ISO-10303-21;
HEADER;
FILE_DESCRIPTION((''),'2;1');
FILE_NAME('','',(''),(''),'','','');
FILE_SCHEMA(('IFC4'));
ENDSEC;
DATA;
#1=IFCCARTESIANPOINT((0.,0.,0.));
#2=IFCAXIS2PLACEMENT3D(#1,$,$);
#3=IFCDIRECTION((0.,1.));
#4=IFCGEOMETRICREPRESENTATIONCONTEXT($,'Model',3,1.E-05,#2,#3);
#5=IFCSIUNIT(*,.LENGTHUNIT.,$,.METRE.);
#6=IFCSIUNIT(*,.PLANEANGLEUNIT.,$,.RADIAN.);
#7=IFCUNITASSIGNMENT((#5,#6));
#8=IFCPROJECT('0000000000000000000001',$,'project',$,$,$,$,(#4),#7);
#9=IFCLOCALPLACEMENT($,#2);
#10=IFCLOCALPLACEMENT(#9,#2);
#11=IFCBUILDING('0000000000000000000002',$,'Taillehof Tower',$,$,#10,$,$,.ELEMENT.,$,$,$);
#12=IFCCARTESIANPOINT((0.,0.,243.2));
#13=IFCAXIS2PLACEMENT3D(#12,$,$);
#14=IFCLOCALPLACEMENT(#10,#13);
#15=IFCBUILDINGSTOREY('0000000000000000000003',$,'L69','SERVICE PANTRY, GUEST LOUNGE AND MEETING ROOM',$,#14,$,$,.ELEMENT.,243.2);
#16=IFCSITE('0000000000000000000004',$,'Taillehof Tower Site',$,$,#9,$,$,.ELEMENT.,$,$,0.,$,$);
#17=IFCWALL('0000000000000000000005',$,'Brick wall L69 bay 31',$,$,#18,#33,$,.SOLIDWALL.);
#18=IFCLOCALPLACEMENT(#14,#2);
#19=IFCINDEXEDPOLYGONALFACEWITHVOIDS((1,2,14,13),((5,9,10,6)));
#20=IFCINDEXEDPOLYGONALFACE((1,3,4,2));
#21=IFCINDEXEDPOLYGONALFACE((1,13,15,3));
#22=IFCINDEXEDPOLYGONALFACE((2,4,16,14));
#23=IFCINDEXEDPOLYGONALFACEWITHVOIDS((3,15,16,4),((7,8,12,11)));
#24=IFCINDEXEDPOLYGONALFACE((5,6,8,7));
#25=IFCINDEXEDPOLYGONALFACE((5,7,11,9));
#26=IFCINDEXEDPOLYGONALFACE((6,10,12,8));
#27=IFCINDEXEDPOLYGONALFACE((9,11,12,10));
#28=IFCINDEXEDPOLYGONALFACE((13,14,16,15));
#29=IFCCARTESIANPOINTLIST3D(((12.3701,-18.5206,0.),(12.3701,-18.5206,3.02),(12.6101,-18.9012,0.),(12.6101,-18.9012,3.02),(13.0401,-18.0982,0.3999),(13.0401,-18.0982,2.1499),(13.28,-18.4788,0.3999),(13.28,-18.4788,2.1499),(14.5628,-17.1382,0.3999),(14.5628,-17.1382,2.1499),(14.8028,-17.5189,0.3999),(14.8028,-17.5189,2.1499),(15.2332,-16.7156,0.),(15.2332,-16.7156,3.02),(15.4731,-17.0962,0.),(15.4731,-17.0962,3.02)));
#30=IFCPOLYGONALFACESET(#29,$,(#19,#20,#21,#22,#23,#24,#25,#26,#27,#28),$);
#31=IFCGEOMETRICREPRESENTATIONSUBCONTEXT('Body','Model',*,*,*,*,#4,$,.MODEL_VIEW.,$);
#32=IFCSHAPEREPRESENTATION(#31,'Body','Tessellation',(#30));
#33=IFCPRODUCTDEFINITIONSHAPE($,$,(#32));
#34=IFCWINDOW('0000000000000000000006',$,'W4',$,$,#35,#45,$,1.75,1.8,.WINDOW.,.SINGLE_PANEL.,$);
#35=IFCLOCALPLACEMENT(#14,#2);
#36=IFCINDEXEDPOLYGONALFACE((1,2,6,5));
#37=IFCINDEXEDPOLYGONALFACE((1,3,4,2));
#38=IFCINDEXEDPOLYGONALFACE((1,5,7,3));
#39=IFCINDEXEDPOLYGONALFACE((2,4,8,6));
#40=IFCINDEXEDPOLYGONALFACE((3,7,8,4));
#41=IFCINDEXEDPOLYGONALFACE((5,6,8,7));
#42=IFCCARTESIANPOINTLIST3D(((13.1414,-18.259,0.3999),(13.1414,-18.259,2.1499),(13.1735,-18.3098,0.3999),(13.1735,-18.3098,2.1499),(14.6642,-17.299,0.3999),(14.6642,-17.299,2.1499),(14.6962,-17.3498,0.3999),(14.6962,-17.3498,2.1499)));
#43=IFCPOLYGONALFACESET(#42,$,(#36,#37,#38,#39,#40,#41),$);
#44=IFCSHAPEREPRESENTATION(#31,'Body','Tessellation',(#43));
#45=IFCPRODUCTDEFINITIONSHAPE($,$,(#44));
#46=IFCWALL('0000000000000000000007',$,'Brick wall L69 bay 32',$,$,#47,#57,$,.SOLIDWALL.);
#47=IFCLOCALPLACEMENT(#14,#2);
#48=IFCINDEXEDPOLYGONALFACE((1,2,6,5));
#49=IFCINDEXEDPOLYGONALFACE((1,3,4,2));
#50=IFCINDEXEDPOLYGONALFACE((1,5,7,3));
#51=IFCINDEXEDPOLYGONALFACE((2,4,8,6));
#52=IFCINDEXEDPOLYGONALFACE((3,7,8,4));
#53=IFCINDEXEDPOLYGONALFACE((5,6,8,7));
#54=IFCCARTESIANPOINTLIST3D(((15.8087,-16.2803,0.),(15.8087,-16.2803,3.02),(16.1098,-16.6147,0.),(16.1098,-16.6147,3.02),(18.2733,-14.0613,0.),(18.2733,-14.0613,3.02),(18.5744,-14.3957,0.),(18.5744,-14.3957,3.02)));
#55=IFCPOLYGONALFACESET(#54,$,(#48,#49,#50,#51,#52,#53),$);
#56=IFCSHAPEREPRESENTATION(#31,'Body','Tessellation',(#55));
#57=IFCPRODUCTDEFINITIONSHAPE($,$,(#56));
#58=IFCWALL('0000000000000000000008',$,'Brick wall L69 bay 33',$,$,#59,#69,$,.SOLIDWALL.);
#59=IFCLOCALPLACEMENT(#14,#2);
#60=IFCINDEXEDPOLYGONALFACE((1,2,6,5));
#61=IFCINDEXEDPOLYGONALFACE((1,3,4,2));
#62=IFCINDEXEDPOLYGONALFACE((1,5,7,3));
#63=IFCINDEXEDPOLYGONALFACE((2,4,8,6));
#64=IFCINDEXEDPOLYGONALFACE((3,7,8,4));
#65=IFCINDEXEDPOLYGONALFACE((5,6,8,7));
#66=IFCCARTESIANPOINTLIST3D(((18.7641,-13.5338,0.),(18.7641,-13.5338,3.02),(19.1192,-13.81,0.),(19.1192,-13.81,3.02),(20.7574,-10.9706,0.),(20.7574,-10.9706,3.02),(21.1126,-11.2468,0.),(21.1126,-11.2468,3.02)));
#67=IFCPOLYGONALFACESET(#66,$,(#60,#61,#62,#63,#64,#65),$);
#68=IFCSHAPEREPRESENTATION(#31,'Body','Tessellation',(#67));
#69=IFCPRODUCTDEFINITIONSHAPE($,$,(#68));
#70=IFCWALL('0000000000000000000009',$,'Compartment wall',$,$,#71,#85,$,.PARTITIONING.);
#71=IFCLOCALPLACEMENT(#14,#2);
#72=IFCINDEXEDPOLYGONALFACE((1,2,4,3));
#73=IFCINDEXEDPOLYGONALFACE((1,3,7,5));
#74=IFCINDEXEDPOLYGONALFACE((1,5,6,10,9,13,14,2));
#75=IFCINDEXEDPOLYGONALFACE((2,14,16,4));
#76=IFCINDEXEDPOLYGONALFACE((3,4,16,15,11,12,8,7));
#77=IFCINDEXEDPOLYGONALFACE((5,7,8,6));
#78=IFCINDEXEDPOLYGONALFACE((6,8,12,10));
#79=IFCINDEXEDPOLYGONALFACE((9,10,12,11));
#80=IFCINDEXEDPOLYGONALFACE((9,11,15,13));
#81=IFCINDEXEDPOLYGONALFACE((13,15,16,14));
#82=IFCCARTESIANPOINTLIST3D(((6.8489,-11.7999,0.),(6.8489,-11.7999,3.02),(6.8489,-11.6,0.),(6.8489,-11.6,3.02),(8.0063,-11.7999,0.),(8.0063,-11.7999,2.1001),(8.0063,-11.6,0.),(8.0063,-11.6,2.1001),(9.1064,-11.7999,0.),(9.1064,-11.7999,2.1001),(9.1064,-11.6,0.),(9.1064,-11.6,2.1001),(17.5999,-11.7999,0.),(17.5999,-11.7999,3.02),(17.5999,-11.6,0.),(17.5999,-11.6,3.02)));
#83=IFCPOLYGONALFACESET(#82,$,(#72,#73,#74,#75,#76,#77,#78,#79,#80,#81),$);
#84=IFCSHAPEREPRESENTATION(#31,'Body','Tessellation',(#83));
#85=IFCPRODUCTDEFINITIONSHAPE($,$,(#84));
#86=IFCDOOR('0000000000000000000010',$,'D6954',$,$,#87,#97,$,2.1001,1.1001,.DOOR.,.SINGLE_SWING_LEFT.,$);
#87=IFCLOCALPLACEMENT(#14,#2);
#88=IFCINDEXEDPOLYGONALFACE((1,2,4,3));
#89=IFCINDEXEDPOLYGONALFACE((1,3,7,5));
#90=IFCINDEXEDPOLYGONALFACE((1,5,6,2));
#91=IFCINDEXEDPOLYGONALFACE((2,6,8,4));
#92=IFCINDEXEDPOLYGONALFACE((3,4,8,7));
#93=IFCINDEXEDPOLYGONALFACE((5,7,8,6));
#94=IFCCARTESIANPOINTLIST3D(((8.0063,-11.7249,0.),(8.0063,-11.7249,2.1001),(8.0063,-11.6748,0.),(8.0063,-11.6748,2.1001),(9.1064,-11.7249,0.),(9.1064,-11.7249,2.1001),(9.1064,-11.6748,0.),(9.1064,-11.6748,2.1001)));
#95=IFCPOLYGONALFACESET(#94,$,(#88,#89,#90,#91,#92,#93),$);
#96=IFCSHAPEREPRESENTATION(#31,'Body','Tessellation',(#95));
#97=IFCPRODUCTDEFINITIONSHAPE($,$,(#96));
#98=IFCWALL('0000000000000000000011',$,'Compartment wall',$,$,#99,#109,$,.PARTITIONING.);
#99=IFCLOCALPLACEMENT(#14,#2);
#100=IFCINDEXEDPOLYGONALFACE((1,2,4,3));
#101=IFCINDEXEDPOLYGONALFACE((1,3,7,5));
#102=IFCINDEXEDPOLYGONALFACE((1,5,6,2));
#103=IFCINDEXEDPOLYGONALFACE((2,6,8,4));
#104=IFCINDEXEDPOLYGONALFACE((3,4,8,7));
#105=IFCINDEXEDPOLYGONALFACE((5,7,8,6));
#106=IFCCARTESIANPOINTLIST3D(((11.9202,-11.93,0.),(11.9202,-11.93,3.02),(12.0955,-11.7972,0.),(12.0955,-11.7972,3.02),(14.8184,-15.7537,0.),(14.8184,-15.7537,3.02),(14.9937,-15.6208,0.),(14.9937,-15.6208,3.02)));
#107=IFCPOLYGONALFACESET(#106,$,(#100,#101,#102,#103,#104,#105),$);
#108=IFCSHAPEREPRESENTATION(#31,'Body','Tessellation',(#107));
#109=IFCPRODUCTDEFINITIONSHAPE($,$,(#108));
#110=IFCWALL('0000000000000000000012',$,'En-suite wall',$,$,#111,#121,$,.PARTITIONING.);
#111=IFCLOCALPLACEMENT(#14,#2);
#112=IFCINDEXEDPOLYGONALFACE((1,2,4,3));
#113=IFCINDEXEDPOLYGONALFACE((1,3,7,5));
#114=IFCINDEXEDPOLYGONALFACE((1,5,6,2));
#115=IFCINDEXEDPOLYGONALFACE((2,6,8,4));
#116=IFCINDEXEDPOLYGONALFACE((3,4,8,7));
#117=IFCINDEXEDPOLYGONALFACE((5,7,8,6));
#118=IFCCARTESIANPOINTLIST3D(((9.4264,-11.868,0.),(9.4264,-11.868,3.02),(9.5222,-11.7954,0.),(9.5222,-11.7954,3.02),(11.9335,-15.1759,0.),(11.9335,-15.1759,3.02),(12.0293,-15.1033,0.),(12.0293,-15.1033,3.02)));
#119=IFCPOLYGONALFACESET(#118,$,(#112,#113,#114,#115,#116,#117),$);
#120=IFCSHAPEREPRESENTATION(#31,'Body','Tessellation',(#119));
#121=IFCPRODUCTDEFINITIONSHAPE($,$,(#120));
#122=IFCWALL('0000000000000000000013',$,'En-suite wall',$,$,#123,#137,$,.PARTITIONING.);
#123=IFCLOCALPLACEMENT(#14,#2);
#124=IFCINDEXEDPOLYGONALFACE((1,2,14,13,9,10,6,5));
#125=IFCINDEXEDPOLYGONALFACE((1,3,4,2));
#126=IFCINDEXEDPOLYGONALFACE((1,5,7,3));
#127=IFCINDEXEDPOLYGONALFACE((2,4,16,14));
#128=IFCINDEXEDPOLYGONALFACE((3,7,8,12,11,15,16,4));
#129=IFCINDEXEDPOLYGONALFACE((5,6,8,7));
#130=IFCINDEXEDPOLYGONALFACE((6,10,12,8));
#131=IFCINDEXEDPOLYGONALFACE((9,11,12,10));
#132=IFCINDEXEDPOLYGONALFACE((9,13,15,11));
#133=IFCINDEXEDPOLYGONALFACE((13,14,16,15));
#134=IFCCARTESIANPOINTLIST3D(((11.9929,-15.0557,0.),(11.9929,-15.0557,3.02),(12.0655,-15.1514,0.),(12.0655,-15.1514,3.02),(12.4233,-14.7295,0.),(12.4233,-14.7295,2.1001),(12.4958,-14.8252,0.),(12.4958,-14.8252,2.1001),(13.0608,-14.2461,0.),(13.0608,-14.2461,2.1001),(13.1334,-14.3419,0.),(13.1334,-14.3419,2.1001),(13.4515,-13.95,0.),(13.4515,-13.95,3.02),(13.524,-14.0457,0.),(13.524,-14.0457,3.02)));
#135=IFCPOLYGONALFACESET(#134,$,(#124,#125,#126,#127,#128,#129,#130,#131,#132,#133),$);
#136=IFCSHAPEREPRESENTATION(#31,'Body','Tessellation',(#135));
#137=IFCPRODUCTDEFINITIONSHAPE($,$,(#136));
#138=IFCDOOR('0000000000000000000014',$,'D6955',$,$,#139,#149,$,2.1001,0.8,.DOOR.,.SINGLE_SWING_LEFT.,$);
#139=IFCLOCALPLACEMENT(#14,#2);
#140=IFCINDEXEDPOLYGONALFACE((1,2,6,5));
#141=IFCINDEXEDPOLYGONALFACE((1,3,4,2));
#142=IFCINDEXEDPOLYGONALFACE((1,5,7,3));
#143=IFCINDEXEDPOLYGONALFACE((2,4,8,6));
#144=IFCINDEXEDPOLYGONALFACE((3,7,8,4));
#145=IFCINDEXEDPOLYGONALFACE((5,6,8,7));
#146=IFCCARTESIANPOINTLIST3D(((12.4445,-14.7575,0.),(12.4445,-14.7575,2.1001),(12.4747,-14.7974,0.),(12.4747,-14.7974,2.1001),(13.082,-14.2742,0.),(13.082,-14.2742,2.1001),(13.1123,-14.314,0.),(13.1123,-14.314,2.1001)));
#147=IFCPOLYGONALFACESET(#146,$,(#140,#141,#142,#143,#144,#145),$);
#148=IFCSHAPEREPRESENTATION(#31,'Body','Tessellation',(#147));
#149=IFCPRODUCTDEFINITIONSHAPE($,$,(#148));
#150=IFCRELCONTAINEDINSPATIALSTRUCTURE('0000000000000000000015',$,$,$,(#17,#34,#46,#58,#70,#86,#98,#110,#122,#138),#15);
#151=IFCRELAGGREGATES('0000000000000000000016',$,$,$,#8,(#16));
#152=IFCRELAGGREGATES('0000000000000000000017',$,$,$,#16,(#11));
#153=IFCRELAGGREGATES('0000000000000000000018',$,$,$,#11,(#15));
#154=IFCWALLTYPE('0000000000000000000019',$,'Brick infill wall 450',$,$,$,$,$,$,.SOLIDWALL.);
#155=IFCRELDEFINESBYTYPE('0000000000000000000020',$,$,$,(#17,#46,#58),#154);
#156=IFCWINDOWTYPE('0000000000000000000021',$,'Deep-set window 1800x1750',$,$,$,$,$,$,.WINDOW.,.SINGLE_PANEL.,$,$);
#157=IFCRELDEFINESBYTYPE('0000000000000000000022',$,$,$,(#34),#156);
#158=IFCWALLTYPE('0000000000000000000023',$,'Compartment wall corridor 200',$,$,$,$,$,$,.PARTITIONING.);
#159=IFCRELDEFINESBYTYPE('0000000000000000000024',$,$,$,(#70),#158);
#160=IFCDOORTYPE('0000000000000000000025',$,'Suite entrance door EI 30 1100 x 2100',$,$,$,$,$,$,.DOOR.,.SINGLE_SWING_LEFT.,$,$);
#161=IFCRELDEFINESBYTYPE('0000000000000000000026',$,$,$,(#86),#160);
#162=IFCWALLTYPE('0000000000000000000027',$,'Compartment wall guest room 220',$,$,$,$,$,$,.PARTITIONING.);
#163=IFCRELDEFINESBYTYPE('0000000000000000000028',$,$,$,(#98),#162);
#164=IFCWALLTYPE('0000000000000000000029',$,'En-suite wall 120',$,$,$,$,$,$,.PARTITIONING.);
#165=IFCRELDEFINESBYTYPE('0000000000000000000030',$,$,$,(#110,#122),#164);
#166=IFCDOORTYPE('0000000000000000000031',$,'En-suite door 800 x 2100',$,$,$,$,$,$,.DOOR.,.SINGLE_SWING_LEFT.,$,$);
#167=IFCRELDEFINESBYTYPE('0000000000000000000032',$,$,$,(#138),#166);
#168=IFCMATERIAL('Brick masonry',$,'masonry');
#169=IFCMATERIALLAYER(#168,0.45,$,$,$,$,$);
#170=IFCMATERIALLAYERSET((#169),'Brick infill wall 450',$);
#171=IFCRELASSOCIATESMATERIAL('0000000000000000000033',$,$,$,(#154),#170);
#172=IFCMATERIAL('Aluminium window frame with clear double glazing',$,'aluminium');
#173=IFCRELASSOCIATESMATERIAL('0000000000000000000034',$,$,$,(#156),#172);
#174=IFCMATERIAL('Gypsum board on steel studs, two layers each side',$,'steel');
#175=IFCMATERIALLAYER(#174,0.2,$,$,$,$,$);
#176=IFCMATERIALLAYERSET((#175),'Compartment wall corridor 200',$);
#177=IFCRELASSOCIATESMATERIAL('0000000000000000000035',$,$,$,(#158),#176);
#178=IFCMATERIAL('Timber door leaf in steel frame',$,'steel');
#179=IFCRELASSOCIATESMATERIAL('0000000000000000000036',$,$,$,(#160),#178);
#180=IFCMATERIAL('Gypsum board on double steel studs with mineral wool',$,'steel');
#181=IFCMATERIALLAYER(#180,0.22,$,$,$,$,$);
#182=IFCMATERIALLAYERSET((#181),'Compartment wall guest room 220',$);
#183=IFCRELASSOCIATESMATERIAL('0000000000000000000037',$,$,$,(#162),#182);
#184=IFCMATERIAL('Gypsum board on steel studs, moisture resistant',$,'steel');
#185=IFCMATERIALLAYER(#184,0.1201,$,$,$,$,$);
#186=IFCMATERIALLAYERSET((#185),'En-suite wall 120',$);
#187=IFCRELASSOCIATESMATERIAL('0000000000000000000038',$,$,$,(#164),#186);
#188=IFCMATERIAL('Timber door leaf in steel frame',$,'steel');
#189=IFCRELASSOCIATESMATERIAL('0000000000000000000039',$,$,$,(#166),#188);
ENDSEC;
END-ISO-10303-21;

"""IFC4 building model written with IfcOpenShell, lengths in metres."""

from ifc_helpers import new_model, si_unit, direction, frame, frame_2d, origin, place, context, subcontext, project, spatial, rectangle, extrude, material, layer, layer_set, type_object, element, fill, save


model = new_model("IFC4")

# Units and contexts
model_context = context("Model", 3, precision=1e-05, world=origin(), true_north=direction((0.0, 1.0)))
body_context = subcontext(model_context, "Body", "Model", "MODEL_VIEW")
ifc_project = project(units=[si_unit("LENGTHUNIT", "METRE"), si_unit("PLANEANGLEUNIT", "RADIAN")], contexts=[model_context])

# Site, building, storey
site_placement = place(None, origin())
site = spatial("IfcSite", under=ifc_project, at=site_placement, Name="Taillehof Tower Site", CompositionType="ELEMENT", RefElevation=0.0)
building_placement = place(site_placement, origin())
building = spatial("IfcBuilding", under=site, at=building_placement, Name="Taillehof Tower", CompositionType="ELEMENT")
storey_placement = place(building_placement, frame((0.0, 0.0, 243.2)))
storey = spatial("IfcBuildingStorey", under=building, at=storey_placement, Name="L69", Description="SERVICE PANTRY, GUEST LOUNGE AND MEETING ROOM", CompositionType="ELEMENT", Elevation=243.2)

# Wall, opening, window
ifc_material_1 = material(Name="Brick masonry", Category="masonry")
ifc_layer_1 = layer(ifc_material_1, 0.45)
ifc_layer_set_1 = layer_set([ifc_layer_1], Name="Brick infill wall 450")
wall_type_1 = type_object("IfcWallType", Name="Brick infill wall 450", PredefinedType="SOLIDWALL", material=ifc_layer_set_1)
ifc_material_2 = material(Name="Aluminium window frame with clear double glazing", Category="aluminium")
window_type = type_object("IfcWindowType", Name="Deep-set window 1800x1750", PartitioningType="SINGLE_PANEL", PredefinedType="WINDOW", material=ifc_material_2)
wall_1_placement = place(storey_placement, frame((12.49, -18.7109, 0.0), z_axis=(0.0, 0.0, 1.0), x_axis=(0.845929, 0.533295, 0.0)))
wall_1 = element("IfcWall", 1, at=wall_1_placement, inside=storey, type_object=wall_type_1, Name="Brick wall L69 bay 31", PredefinedType="SOLIDWALL", context=body_context, shape_type="SweptSolid", body=[
    extrude(rectangle(XDim=3.3845, YDim=0.45, at=frame_2d((1.6924, 0.0))), origin(), (0.0, 0.0, 1.0), 3.02),
])
opening_1_placement = place(wall_1_placement, frame((0.7922, 0.0, 0.3999)))
opening_1 = element("IfcOpeningElement", 2, at=opening_1_placement, cuts=wall_1, PredefinedType="OPENING", context=body_context, shape_type="SweptSolid", body=[
    extrude(rectangle(XDim=1.8, YDim=1.75, at=frame_2d((0.8999, 0.875))), frame((0.0, 0.2349, 0.0), z_axis=(0.0, -1.0, 0.0), x_axis=(1.0, 0.0, 0.0)), (0.0, 0.0, 1.0), 0.47),
])
window_1_placement = place(opening_1_placement, origin())
window_1 = element("IfcWindow", 3, at=window_1_placement, inside=storey, type_object=window_type, Name="W4", OverallHeight=1.75, OverallWidth=1.8, PartitioningType="SINGLE_PANEL", PredefinedType="WINDOW", context=body_context, shape_type="SweptSolid", body=[
    extrude(rectangle(XDim=1.8, YDim=1.75, at=frame_2d((0.8999, 0.875))), frame((0.0, 0.0349, 0.0), z_axis=(0.0, -1.0, 0.0), x_axis=(1.0, 0.0, 0.0)), (0.0, 0.0, 1.0), 0.0601),
])
fill(opening_1, window_1)

# Walls
wall_2_placement = place(storey_placement, frame((15.9592, -16.4475, 0.0), z_axis=(0.0, 0.0, 1.0), x_axis=(0.743166, 0.669107, 0.0)))
element("IfcWall", 4, at=wall_2_placement, inside=storey, type_object=wall_type_1, Name="Brick wall L69 bay 32", PredefinedType="SOLIDWALL", context=body_context, shape_type="SweptSolid", body=[
    extrude(rectangle(XDim=3.3164, YDim=0.45, at=frame_2d((1.6582, 0.0))), origin(), (0.0, 0.0, 1.0), 3.02),
])
wall_3_placement = place(storey_placement, frame((18.9417, -13.6719, 0.0), z_axis=(0.0, 0.0, 1.0), x_axis=(0.613899, 0.789385, 0.0)))
element("IfcWall", 5, at=wall_3_placement, inside=storey, type_object=wall_type_1, Name="Brick wall L69 bay 33", PredefinedType="SOLIDWALL", context=body_context, shape_type="SweptSolid", body=[
    extrude(rectangle(XDim=3.2471, YDim=0.45, at=frame_2d((1.6235, 0.0))), origin(), (0.0, 0.0, 1.0), 3.02),
])

# Wall, opening, door
ifc_material_3 = material(Name="Gypsum board on steel studs, two layers each side", Category="steel")
ifc_layer_2 = layer(ifc_material_3, 0.2)
ifc_layer_set_2 = layer_set([ifc_layer_2], Name="Compartment wall corridor 200")
wall_type_2 = type_object("IfcWallType", Name="Compartment wall corridor 200", PredefinedType="PARTITIONING", material=ifc_layer_set_2)
wall_4_placement = place(storey_placement, frame((17.5999, -11.7, 0.0), z_axis=(0.0, 0.0, 1.0), x_axis=(-1.0, 0.0, 0.0)))
wall_4 = element("IfcWall", 6, at=wall_4_placement, inside=storey, type_object=wall_type_2, Name="Compartment wall", PredefinedType="PARTITIONING", context=body_context, shape_type="SweptSolid", body=[
    extrude(rectangle(XDim=10.751, YDim=0.2, at=frame_2d((5.3755, 0.0))), origin(), (0.0, 0.0, 1.0), 3.02),
])
opening_2_placement = place(wall_4_placement, frame((8.4934, 0.0, 0.0)))
opening_2 = element("IfcOpeningElement", 7, at=opening_2_placement, cuts=wall_4, PredefinedType="OPENING", context=body_context, shape_type="SweptSolid", body=[
    extrude(rectangle(XDim=1.1001, YDim=2.1001, at=frame_2d((0.55, 1.05))), frame((0.0, 0.1099, 0.0), z_axis=(0.0, -1.0, 0.0), x_axis=(1.0, 0.0, 0.0)), (0.0, 0.0, 1.0), 0.22),
])
ifc_material_4 = material(Name="Timber door leaf in steel frame", Category="steel")
door_type_1 = type_object("IfcDoorType", Name="Suite entrance door EI 30 1100 x 2100", OperationType="SINGLE_SWING_LEFT", PredefinedType="DOOR", material=ifc_material_4)
door_1_placement = place(opening_2_placement, origin())
door_1 = element("IfcDoor", 8, at=door_1_placement, inside=storey, type_object=door_type_1, Name="D6954", OperationType="SINGLE_SWING_LEFT", OverallHeight=2.1001, OverallWidth=1.1001, PredefinedType="DOOR", context=body_context, shape_type="SweptSolid", body=[
    extrude(rectangle(XDim=1.1001, YDim=2.1001, at=frame_2d((0.55, 1.05))), frame((0.0, 0.0249, 0.0), z_axis=(0.0, -1.0, 0.0), x_axis=(1.0, 0.0, 0.0)), (0.0, 0.0, 1.0), 0.05),
])
fill(opening_2, door_1)

# Walls
ifc_material_5 = material(Name="Gypsum board on double steel studs with mineral wool", Category="steel")
ifc_layer_3 = layer(ifc_material_5, 0.22)
ifc_layer_set_3 = layer_set([ifc_layer_3], Name="Compartment wall guest room 220")
wall_type_3 = type_object("IfcWallType", Name="Compartment wall guest room 220", PredefinedType="PARTITIONING", material=ifc_layer_set_3)
wall_5_placement = place(storey_placement, frame((14.906, -15.6873, 0.0), z_axis=(0.0, 0.0, 1.0), x_axis=(-0.604047, 0.796949, 0.0)))
element("IfcWall", 9, at=wall_5_placement, inside=storey, type_object=wall_type_3, Name="Compartment wall", PredefinedType="PARTITIONING", context=body_context, shape_type="SweptSolid", body=[
    extrude(rectangle(XDim=4.7979, YDim=0.22, at=frame_2d((2.3989, 0.0))), origin(), (0.0, 0.0, 1.0), 3.02),
])
ifc_material_6 = material(Name="Gypsum board on steel studs, moisture resistant", Category="steel")
ifc_layer_4 = layer(ifc_material_6, 0.1201)
ifc_layer_set_4 = layer_set([ifc_layer_4], Name="En-suite wall 120")
wall_type_4 = type_object("IfcWallType", Name="En-suite wall 120", PredefinedType="PARTITIONING", material=ifc_layer_set_4)
wall_6_placement = place(storey_placement, frame((9.4744, -11.8318, 0.0), z_axis=(0.0, 0.0, 1.0), x_axis=(0.60403, -0.796962, 0.0)))
element("IfcWall", 10, at=wall_6_placement, inside=storey, type_object=wall_type_4, Name="En-suite wall", PredefinedType="PARTITIONING", context=body_context, shape_type="SweptSolid", body=[
    extrude(rectangle(XDim=4.1506, YDim=0.1201, at=frame_2d((2.0752, 0.0))), origin(), (0.0, 0.0, 1.0), 3.02),
])

# Wall, opening, door
wall_7_placement = place(storey_placement, frame((12.0293, -15.1035, 0.0), z_axis=(0.0, 0.0, 1.0), x_axis=(0.796884, 0.604132, 0.0)))
wall_7 = element("IfcWall", 11, at=wall_7_placement, inside=storey, type_object=wall_type_4, Name="En-suite wall", PredefinedType="PARTITIONING", context=body_context, shape_type="SweptSolid", body=[
    extrude(rectangle(XDim=1.8303, YDim=0.1201, at=frame_2d((0.915, 0.0))), origin(), (0.0, 0.0, 1.0), 3.02),
])
opening_3_placement = place(wall_7_placement, frame((0.54, 0.0, 0.0)))
opening_3 = element("IfcOpeningElement", 12, at=opening_3_placement, cuts=wall_7, PredefinedType="OPENING", context=body_context, shape_type="SweptSolid", body=[
    extrude(rectangle(XDim=0.8, YDim=2.1001, at=frame_2d((0.3999, 1.05))), frame((0.0, 0.0701, 0.0), z_axis=(0.0, -1.0, 0.0), x_axis=(1.0, 0.0, 0.0)), (0.0, 0.0, 1.0), 0.1401),
])
ifc_material_7 = material(Name="Timber door leaf in steel frame", Category="steel")
door_type_2 = type_object("IfcDoorType", Name="En-suite door 800 x 2100", OperationType="SINGLE_SWING_LEFT", PredefinedType="DOOR", material=ifc_material_7)
door_2_placement = place(opening_3_placement, origin())
door_2 = element("IfcDoor", 13, at=door_2_placement, inside=storey, type_object=door_type_2, Name="D6955", OperationType="SINGLE_SWING_LEFT", OverallHeight=2.1001, OverallWidth=0.8, PredefinedType="DOOR", context=body_context, shape_type="SweptSolid", body=[
    extrude(rectangle(XDim=0.8, YDim=2.1001, at=frame_2d((0.3999, 1.05))), frame((0.0, 0.0249, 0.0), z_axis=(0.0, -1.0, 0.0), x_axis=(1.0, 0.0, 0.0)), (0.0, 0.0, 1.0), 0.05),
])
fill(opening_3, door_2)

save(model, "model.ifc")
